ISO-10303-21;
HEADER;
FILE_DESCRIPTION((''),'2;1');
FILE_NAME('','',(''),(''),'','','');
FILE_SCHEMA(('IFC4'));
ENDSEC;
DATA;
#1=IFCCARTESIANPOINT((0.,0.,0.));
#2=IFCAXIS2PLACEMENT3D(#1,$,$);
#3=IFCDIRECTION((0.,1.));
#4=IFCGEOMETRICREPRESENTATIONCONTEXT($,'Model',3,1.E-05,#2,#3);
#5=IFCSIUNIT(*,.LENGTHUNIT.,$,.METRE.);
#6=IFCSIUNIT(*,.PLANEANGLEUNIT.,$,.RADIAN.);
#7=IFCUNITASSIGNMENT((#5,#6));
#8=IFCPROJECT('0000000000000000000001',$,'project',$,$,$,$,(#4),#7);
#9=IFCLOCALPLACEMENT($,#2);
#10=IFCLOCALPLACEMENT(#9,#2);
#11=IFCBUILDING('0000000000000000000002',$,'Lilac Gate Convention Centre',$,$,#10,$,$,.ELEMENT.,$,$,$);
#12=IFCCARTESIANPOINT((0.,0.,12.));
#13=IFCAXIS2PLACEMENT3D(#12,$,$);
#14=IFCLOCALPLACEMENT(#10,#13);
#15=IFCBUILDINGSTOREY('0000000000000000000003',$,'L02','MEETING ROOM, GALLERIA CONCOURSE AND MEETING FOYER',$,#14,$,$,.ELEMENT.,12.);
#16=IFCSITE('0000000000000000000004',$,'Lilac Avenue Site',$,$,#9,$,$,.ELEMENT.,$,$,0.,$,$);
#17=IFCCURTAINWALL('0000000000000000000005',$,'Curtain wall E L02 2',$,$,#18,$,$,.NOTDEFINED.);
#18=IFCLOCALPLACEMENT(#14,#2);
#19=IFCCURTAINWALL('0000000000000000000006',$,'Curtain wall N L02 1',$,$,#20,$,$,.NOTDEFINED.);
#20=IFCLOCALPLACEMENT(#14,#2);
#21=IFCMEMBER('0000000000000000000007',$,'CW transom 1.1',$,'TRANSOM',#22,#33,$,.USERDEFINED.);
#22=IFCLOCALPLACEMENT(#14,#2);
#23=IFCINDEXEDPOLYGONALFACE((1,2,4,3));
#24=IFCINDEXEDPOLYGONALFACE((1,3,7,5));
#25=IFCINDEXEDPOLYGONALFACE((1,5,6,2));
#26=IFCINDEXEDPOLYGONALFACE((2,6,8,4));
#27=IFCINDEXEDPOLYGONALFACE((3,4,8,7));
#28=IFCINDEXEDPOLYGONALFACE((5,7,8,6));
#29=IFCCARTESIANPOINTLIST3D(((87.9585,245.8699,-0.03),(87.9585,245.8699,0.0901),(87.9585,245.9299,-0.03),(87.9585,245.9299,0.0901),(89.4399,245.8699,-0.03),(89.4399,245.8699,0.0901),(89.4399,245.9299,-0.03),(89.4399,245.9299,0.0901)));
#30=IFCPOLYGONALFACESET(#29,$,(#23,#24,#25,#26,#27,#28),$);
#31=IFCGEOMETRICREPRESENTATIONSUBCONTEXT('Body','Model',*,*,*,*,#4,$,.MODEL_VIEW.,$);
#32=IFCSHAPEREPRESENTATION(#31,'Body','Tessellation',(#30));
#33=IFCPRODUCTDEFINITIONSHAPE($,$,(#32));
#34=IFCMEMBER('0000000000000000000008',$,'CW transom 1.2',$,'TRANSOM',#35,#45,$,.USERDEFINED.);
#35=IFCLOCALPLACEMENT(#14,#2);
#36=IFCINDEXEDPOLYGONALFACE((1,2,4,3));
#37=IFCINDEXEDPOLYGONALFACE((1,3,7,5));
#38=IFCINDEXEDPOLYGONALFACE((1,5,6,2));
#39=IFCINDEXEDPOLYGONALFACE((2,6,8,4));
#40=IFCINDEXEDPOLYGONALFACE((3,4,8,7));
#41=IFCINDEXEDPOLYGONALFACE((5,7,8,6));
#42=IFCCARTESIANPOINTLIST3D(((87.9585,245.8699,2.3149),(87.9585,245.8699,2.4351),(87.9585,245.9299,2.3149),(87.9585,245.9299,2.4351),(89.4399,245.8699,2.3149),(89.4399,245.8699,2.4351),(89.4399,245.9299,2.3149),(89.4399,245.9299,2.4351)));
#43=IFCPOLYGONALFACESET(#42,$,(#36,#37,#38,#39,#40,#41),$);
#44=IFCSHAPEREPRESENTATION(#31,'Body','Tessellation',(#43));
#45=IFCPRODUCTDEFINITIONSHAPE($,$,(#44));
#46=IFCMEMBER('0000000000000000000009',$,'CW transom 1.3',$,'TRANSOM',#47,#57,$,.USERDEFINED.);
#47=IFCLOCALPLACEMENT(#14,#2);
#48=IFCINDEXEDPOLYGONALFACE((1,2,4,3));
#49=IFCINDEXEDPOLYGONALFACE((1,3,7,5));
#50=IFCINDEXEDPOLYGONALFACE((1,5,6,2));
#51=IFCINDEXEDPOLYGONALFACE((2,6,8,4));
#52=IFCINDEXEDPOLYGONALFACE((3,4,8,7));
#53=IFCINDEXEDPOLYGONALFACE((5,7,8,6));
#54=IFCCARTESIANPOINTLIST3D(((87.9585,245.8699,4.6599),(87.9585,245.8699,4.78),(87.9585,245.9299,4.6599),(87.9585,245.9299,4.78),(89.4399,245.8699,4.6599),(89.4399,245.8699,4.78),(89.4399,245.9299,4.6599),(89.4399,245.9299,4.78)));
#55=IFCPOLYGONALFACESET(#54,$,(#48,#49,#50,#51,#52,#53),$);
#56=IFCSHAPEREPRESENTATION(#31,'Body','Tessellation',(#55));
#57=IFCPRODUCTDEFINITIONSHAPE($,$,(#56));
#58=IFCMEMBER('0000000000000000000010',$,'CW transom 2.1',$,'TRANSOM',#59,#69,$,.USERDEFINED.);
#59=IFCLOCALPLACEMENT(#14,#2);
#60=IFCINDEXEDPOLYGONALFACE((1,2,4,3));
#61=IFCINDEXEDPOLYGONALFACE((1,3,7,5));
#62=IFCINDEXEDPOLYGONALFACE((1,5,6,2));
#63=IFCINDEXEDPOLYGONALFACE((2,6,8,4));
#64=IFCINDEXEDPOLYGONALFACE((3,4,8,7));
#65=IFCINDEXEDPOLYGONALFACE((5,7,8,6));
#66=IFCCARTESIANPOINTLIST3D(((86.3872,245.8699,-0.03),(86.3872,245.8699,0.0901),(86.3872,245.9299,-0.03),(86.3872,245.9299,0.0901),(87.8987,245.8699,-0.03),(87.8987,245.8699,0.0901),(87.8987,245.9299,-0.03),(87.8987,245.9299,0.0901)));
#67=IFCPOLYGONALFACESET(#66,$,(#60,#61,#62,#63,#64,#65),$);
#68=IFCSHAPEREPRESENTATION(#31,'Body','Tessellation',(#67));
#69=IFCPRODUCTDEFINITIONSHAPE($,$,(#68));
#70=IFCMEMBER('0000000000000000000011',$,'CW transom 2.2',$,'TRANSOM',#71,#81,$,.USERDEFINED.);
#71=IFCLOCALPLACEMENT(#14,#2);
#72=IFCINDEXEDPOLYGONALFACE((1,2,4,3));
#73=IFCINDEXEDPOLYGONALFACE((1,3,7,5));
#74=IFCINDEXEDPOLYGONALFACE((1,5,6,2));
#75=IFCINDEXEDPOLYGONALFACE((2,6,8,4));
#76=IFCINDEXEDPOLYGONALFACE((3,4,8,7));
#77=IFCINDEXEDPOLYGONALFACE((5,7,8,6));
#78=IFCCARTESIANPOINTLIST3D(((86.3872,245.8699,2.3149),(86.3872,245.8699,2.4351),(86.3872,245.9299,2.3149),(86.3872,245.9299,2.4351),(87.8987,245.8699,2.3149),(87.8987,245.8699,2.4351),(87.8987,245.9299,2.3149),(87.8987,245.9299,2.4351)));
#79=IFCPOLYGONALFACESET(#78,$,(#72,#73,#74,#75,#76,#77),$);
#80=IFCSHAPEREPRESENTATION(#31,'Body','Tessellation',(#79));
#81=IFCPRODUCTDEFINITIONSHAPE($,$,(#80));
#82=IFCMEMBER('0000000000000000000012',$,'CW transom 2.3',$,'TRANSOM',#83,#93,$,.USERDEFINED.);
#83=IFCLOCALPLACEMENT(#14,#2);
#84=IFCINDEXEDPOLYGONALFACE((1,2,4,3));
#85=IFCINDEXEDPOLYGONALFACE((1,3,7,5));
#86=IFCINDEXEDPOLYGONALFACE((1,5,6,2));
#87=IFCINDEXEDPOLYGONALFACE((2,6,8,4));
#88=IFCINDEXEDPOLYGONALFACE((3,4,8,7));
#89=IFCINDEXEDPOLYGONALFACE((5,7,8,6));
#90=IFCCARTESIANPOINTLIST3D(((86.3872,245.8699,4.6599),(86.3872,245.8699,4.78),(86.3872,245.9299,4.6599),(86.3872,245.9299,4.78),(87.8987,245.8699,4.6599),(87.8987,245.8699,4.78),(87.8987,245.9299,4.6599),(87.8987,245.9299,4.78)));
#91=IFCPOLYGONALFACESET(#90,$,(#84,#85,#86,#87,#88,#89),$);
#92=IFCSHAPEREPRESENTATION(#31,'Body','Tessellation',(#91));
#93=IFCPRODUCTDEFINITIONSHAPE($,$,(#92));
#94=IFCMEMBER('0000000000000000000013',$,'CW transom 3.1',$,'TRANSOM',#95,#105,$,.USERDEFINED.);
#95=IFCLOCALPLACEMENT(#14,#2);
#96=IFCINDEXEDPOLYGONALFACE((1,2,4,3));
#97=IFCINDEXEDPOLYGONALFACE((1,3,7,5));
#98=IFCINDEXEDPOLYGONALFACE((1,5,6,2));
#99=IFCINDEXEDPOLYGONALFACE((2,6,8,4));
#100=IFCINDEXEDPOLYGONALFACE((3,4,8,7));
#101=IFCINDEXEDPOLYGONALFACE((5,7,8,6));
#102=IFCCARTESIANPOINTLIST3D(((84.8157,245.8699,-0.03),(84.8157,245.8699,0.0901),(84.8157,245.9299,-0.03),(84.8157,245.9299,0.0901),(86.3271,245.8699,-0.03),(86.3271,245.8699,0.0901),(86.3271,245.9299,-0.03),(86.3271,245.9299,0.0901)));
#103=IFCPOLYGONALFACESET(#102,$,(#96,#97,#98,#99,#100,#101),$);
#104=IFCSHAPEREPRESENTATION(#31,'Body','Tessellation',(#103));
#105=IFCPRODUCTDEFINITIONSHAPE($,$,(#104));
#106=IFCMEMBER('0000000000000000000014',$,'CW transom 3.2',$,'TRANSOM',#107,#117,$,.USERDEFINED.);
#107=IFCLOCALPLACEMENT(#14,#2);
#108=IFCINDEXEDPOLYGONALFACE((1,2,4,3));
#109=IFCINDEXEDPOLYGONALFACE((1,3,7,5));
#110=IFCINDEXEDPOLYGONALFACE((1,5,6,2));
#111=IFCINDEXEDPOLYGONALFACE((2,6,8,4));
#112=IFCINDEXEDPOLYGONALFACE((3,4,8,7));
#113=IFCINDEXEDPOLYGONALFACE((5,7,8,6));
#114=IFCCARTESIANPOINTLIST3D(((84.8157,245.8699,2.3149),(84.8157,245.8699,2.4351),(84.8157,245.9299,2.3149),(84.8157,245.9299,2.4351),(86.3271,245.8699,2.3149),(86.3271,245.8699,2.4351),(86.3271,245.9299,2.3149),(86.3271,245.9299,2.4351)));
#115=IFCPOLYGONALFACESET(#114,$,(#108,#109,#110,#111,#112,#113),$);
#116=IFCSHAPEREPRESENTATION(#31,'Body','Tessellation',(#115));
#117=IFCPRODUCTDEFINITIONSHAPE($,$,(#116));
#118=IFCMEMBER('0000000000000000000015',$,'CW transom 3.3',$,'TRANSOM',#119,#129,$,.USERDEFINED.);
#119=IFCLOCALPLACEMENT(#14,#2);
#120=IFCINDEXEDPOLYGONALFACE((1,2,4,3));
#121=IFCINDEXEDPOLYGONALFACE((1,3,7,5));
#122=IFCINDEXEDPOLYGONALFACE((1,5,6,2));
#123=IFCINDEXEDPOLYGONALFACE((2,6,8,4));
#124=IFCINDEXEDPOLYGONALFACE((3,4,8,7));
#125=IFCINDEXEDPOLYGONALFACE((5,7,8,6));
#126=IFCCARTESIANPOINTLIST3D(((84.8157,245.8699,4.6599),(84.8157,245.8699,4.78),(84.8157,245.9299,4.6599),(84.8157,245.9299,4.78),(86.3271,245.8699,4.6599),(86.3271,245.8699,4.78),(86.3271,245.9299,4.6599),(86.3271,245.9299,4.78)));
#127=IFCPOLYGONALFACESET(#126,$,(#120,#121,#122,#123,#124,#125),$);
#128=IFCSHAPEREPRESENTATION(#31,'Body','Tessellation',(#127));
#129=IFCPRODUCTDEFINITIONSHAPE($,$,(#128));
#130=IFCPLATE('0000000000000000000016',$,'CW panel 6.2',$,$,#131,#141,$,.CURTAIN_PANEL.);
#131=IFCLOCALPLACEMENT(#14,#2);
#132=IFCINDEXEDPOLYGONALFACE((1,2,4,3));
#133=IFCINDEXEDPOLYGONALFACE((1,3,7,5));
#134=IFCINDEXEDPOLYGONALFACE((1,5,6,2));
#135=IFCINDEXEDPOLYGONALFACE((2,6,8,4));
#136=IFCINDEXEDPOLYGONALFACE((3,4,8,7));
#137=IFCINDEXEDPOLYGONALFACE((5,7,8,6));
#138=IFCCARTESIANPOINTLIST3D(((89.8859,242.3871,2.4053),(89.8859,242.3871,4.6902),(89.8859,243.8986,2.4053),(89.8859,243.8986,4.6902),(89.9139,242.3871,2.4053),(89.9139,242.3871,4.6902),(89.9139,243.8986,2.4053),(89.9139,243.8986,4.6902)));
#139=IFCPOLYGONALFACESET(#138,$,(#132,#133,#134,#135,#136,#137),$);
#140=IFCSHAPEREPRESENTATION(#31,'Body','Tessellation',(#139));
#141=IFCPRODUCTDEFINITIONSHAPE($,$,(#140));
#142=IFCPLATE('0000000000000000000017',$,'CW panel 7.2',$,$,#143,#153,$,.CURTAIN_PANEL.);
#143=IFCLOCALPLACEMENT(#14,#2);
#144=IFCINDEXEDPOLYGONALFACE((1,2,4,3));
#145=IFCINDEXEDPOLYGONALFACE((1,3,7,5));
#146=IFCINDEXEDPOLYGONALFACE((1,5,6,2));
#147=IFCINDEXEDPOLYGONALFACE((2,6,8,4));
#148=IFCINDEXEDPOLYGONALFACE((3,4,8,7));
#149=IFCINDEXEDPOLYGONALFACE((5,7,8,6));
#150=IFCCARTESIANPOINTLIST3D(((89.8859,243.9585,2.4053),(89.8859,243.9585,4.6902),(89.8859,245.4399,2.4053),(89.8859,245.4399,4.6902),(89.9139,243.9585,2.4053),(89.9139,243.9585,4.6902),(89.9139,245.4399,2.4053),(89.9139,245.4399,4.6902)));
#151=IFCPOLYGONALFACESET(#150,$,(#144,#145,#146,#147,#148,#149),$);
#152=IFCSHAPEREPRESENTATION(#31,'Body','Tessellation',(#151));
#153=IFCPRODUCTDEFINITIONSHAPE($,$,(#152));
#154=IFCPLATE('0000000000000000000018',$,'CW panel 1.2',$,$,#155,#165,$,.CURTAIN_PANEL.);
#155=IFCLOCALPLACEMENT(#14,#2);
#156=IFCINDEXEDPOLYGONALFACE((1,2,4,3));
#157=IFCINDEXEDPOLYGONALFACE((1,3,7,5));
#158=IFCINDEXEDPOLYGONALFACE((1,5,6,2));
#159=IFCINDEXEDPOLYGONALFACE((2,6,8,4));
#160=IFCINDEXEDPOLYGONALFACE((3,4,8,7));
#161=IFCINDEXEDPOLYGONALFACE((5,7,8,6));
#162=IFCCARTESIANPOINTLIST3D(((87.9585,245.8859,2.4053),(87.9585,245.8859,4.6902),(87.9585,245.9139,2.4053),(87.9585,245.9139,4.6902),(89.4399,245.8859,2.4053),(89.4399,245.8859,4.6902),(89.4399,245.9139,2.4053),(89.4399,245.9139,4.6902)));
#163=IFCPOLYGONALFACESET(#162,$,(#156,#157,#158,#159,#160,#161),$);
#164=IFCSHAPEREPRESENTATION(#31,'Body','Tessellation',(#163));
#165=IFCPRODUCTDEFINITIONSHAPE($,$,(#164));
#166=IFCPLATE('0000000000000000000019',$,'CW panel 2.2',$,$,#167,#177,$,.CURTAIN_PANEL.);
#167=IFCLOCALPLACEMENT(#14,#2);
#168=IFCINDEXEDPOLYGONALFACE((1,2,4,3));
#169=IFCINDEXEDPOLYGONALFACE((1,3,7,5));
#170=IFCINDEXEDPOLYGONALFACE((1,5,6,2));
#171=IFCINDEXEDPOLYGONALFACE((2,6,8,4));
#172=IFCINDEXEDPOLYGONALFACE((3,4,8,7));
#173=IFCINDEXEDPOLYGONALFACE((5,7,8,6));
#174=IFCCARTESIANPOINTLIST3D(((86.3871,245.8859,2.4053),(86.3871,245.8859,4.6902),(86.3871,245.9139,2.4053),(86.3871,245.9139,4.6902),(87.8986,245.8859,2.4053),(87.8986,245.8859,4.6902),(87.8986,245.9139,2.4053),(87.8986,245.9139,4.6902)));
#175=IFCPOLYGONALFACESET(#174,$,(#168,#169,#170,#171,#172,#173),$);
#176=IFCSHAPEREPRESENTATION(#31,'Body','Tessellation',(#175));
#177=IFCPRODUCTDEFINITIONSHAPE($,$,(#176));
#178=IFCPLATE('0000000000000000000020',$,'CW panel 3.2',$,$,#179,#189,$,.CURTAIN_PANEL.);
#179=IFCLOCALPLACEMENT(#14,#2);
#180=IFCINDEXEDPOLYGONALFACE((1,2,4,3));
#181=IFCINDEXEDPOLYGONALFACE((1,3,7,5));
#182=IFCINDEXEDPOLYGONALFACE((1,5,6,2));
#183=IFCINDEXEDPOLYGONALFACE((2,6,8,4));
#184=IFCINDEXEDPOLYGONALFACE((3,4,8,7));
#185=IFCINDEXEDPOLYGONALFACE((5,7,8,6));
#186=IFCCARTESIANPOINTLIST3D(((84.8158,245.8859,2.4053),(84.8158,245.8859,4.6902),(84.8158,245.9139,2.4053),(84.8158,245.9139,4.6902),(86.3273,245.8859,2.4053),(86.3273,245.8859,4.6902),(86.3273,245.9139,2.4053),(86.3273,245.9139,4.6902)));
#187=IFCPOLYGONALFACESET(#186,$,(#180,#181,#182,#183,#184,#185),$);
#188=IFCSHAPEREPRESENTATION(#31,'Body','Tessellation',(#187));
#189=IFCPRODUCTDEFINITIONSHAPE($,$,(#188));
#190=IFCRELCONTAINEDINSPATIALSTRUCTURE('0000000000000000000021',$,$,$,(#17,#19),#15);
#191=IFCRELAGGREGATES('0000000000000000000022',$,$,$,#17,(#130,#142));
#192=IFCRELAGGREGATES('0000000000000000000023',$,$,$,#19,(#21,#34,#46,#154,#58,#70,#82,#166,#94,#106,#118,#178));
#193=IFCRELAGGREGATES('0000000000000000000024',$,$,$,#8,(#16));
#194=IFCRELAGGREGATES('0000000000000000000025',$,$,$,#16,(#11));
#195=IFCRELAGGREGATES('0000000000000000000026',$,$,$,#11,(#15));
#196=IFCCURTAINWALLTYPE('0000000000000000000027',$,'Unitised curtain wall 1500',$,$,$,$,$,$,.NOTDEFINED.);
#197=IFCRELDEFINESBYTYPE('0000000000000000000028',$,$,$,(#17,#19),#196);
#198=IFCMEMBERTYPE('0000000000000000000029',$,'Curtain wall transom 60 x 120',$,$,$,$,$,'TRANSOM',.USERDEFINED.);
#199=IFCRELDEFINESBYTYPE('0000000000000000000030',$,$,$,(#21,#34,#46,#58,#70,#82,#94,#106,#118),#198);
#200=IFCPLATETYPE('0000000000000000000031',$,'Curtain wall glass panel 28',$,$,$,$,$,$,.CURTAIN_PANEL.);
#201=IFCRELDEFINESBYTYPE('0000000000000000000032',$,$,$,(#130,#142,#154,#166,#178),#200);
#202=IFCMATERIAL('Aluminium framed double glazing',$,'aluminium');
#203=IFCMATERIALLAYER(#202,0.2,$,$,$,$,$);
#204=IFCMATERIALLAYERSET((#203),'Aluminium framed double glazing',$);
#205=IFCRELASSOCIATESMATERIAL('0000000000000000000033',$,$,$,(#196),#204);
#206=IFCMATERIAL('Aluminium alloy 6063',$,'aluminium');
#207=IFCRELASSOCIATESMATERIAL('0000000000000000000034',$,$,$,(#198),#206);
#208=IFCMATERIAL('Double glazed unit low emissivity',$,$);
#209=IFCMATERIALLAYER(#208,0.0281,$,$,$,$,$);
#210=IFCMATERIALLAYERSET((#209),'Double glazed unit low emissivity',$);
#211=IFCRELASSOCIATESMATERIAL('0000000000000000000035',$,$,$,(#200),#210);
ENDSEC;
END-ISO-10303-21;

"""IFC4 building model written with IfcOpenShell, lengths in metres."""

from ifc_helpers import new_model, si_unit, direction, frame, origin, origin_2d, place, context, subcontext, project, spatial, rectangle, extrude, material, layer, layer_set, material_profile, profile_set, type_object, element, aggregate, save


model = new_model("IFC4")

# Units and contexts
model_context = context("Model", 3, precision=1e-05, world=origin(), true_north=direction((0.0, 1.0)))
body_context = subcontext(model_context, "Body", "Model", "MODEL_VIEW")
ifc_project = project(units=[si_unit("LENGTHUNIT", "METRE"), si_unit("PLANEANGLEUNIT", "RADIAN")], contexts=[model_context])

# Site, building, storey
site_placement = place(None, origin())
site = spatial("IfcSite", under=ifc_project, at=site_placement, Name="Lilac Avenue Site", CompositionType="ELEMENT", RefElevation=0.0)
building_placement = place(site_placement, origin())
building = spatial("IfcBuilding", under=site, at=building_placement, Name="Lilac Gate Convention Centre", CompositionType="ELEMENT")
storey_placement = place(building_placement, frame((0.0, 0.0, 12.0)))
storey = spatial("IfcBuildingStorey", under=building, at=storey_placement, Name="L02", Description="MEETING ROOM, GALLERIA CONCOURSE AND MEETING FOYER", CompositionType="ELEMENT", Elevation=12.0)

# Curtain walls
ifc_material_1 = material(Name="Aluminium framed double glazing", Category="aluminium")
ifc_layer_1 = layer(ifc_material_1, 0.2)
ifc_layer_set_1 = layer_set([ifc_layer_1], Name="Aluminium framed double glazing")
curtain_wall_type = type_object("IfcCurtainWallType", Name="Unitised curtain wall 1500", PredefinedType="NOTDEFINED", material=ifc_layer_set_1)
curtain_wall_1_placement = place(storey_placement, origin())
curtain_wall_1 = element("IfcCurtainWall", 1, at=curtain_wall_1_placement, inside=storey, type_object=curtain_wall_type, Name="Curtain wall E L02 2", PredefinedType="NOTDEFINED")
ifc_material_2 = material(Name="Aluminium alloy 6063", Category="aluminium")
curtain_wall_2_placement = place(storey_placement, origin())
curtain_wall_2 = element("IfcCurtainWall", 2, at=curtain_wall_2_placement, inside=storey, type_object=curtain_wall_type, Name="Curtain wall N L02 1", PredefinedType="NOTDEFINED")

# Members
ifc_material_profile_1 = material_profile(ifc_material_2, rectangle(XDim=0.0601, YDim=0.1201, at=origin_2d()), Name="Curtain wall transom 60 x 120")
ifc_profile_set_1 = profile_set([ifc_material_profile_1], Name="Aluminium alloy 6063")
member_type_1 = type_object("IfcMemberType", Name="Curtain wall transom 60 x 120", ElementType="TRANSOM", PredefinedType="USERDEFINED", material=ifc_profile_set_1)
member_1_placement = place(storey_placement, frame((89.4399, 245.8999, 0.03), z_axis=(-1.0, 0.0, 0.0), x_axis=(0.0, -1.0, 0.0)))
member_1 = element("IfcMember", 3, at=member_1_placement, type_object=member_type_1, Name="CW transom 1.1", ObjectType="TRANSOM", PredefinedType="USERDEFINED", context=body_context, shape_type="SweptSolid", body=[
    extrude(rectangle(XDim=0.0601, YDim=0.1201, at=origin_2d()), origin(), (0.0, 0.0, 1.0), 1.4814),
])
member_2_placement = place(storey_placement, frame((89.4399, 245.8999, 2.375), z_axis=(-1.0, 0.0, 0.0), x_axis=(0.0, -1.0, 0.0)))
member_2 = element("IfcMember", 4, at=member_2_placement, type_object=member_type_1, Name="CW transom 1.2", ObjectType="TRANSOM", PredefinedType="USERDEFINED", context=body_context, shape_type="SweptSolid", body=[
    extrude(rectangle(XDim=0.0601, YDim=0.1201, at=origin_2d()), origin(), (0.0, 0.0, 1.0), 1.4814),
])
member_3_placement = place(storey_placement, frame((89.4399, 245.8999, 4.72), z_axis=(-1.0, 0.0, 0.0), x_axis=(0.0, -1.0, 0.0)))
member_3 = element("IfcMember", 5, at=member_3_placement, type_object=member_type_1, Name="CW transom 1.3", ObjectType="TRANSOM", PredefinedType="USERDEFINED", context=body_context, shape_type="SweptSolid", body=[
    extrude(rectangle(XDim=0.0601, YDim=0.1201, at=origin_2d()), origin(), (0.0, 0.0, 1.0), 1.4814),
])
member_4_placement = place(storey_placement, frame((87.8987, 245.8999, 0.03), z_axis=(-1.0, 0.0, 0.0), x_axis=(0.0, -1.0, 0.0)))
member_4 = element("IfcMember", 6, at=member_4_placement, type_object=member_type_1, Name="CW transom 2.1", ObjectType="TRANSOM", PredefinedType="USERDEFINED", context=body_context, shape_type="SweptSolid", body=[
    extrude(rectangle(XDim=0.0601, YDim=0.1201, at=origin_2d()), origin(), (0.0, 0.0, 1.0), 1.5115),
])
member_5_placement = place(storey_placement, frame((87.8987, 245.8999, 2.375), z_axis=(-1.0, 0.0, 0.0), x_axis=(0.0, -1.0, 0.0)))
member_5 = element("IfcMember", 7, at=member_5_placement, type_object=member_type_1, Name="CW transom 2.2", ObjectType="TRANSOM", PredefinedType="USERDEFINED", context=body_context, shape_type="SweptSolid", body=[
    extrude(rectangle(XDim=0.0601, YDim=0.1201, at=origin_2d()), origin(), (0.0, 0.0, 1.0), 1.5115),
])
member_6_placement = place(storey_placement, frame((87.8987, 245.8999, 4.72), z_axis=(-1.0, 0.0, 0.0), x_axis=(0.0, -1.0, 0.0)))
member_6 = element("IfcMember", 8, at=member_6_placement, type_object=member_type_1, Name="CW transom 2.3", ObjectType="TRANSOM", PredefinedType="USERDEFINED", context=body_context, shape_type="SweptSolid", body=[
    extrude(rectangle(XDim=0.0601, YDim=0.1201, at=origin_2d()), origin(), (0.0, 0.0, 1.0), 1.5115),
])
member_7_placement = place(storey_placement, frame((86.3271, 245.8999, 0.03), z_axis=(-1.0, 0.0, 0.0), x_axis=(0.0, -1.0, 0.0)))
member_7 = element("IfcMember", 9, at=member_7_placement, type_object=member_type_1, Name="CW transom 3.1", ObjectType="TRANSOM", PredefinedType="USERDEFINED", context=body_context, shape_type="SweptSolid", body=[
    extrude(rectangle(XDim=0.0601, YDim=0.1201, at=origin_2d()), origin(), (0.0, 0.0, 1.0), 1.5115),
])
member_8_placement = place(storey_placement, frame((86.3271, 245.8999, 2.375), z_axis=(-1.0, 0.0, 0.0), x_axis=(0.0, -1.0, 0.0)))
member_8 = element("IfcMember", 10, at=member_8_placement, type_object=member_type_1, Name="CW transom 3.2", ObjectType="TRANSOM", PredefinedType="USERDEFINED", context=body_context, shape_type="SweptSolid", body=[
    extrude(rectangle(XDim=0.0601, YDim=0.1201, at=origin_2d()), origin(), (0.0, 0.0, 1.0), 1.5115),
])
member_9_placement = place(storey_placement, frame((86.3271, 245.8999, 4.72), z_axis=(-1.0, 0.0, 0.0), x_axis=(0.0, -1.0, 0.0)))
member_9 = element("IfcMember", 11, at=member_9_placement, type_object=member_type_1, Name="CW transom 3.3", ObjectType="TRANSOM", PredefinedType="USERDEFINED", context=body_context, shape_type="SweptSolid", body=[
    extrude(rectangle(XDim=0.0601, YDim=0.1201, at=origin_2d()), origin(), (0.0, 0.0, 1.0), 1.5115),
])

# Plates
ifc_material_3 = material(Name="Double glazed unit low emissivity")
ifc_layer_2 = layer(ifc_material_3, 0.0281)
ifc_layer_set_2 = layer_set([ifc_layer_2], Name="Double glazed unit low emissivity")
plate_type_1 = type_object("IfcPlateType", Name="Curtain wall glass panel 28", PredefinedType="CURTAIN_PANEL", material=ifc_layer_set_2)
plate_1_placement = place(storey_placement, frame((89.8999, 243.1428, 2.4053), z_axis=(0.0, 0.0, 1.0), x_axis=(0.0, 1.0, 0.0)))
plate_1 = element("IfcPlate", 12, at=plate_1_placement, type_object=plate_type_1, Name="CW panel 6.2", PredefinedType="CURTAIN_PANEL", context=body_context, shape_type="SweptSolid", body=[
    extrude(rectangle(XDim=1.5115, YDim=0.0281, at=origin_2d()), origin(), (0.0, 0.0, 1.0), 2.2849),
])
plate_2_placement = place(storey_placement, frame((89.8999, 244.6992, 2.4053), z_axis=(0.0, 0.0, 1.0), x_axis=(0.0, 1.0, 0.0)))
plate_2 = element("IfcPlate", 13, at=plate_2_placement, type_object=plate_type_1, Name="CW panel 7.2", PredefinedType="CURTAIN_PANEL", context=body_context, shape_type="SweptSolid", body=[
    extrude(rectangle(XDim=1.4814, YDim=0.0281, at=origin_2d()), origin(), (0.0, 0.0, 1.0), 2.2849),
])
plate_3_placement = place(storey_placement, frame((88.6992, 245.8999, 2.4053), z_axis=(0.0, 0.0, 1.0), x_axis=(-1.0, 0.0, 0.0)))
plate_3 = element("IfcPlate", 14, at=plate_3_placement, type_object=plate_type_1, Name="CW panel 1.2", PredefinedType="CURTAIN_PANEL", context=body_context, shape_type="SweptSolid", body=[
    extrude(rectangle(XDim=1.4814, YDim=0.0281, at=origin_2d()), origin(), (0.0, 0.0, 1.0), 2.2849),
])
plate_4_placement = place(storey_placement, frame((87.1428, 245.8999, 2.4053), z_axis=(0.0, 0.0, 1.0), x_axis=(-1.0, 0.0, 0.0)))
plate_4 = element("IfcPlate", 15, at=plate_4_placement, type_object=plate_type_1, Name="CW panel 2.2", PredefinedType="CURTAIN_PANEL", context=body_context, shape_type="SweptSolid", body=[
    extrude(rectangle(XDim=1.5115, YDim=0.0281, at=origin_2d()), origin(), (0.0, 0.0, 1.0), 2.2849),
])
plate_5_placement = place(storey_placement, frame((85.5715, 245.8999, 2.4053), z_axis=(0.0, 0.0, 1.0), x_axis=(-1.0, 0.0, 0.0)))
plate_5 = element("IfcPlate", 16, at=plate_5_placement, type_object=plate_type_1, Name="CW panel 3.2", PredefinedType="CURTAIN_PANEL", context=body_context, shape_type="SweptSolid", body=[
    extrude(rectangle(XDim=1.5115, YDim=0.0281, at=origin_2d()), origin(), (0.0, 0.0, 1.0), 2.2849),
])
aggregate(curtain_wall_1, [plate_1, plate_2])
aggregate(curtain_wall_2, [member_1, member_2, member_3, plate_3, member_4, member_5, member_6, plate_4, member_7, member_8, member_9, plate_5])

save(model, "model.ifc")
